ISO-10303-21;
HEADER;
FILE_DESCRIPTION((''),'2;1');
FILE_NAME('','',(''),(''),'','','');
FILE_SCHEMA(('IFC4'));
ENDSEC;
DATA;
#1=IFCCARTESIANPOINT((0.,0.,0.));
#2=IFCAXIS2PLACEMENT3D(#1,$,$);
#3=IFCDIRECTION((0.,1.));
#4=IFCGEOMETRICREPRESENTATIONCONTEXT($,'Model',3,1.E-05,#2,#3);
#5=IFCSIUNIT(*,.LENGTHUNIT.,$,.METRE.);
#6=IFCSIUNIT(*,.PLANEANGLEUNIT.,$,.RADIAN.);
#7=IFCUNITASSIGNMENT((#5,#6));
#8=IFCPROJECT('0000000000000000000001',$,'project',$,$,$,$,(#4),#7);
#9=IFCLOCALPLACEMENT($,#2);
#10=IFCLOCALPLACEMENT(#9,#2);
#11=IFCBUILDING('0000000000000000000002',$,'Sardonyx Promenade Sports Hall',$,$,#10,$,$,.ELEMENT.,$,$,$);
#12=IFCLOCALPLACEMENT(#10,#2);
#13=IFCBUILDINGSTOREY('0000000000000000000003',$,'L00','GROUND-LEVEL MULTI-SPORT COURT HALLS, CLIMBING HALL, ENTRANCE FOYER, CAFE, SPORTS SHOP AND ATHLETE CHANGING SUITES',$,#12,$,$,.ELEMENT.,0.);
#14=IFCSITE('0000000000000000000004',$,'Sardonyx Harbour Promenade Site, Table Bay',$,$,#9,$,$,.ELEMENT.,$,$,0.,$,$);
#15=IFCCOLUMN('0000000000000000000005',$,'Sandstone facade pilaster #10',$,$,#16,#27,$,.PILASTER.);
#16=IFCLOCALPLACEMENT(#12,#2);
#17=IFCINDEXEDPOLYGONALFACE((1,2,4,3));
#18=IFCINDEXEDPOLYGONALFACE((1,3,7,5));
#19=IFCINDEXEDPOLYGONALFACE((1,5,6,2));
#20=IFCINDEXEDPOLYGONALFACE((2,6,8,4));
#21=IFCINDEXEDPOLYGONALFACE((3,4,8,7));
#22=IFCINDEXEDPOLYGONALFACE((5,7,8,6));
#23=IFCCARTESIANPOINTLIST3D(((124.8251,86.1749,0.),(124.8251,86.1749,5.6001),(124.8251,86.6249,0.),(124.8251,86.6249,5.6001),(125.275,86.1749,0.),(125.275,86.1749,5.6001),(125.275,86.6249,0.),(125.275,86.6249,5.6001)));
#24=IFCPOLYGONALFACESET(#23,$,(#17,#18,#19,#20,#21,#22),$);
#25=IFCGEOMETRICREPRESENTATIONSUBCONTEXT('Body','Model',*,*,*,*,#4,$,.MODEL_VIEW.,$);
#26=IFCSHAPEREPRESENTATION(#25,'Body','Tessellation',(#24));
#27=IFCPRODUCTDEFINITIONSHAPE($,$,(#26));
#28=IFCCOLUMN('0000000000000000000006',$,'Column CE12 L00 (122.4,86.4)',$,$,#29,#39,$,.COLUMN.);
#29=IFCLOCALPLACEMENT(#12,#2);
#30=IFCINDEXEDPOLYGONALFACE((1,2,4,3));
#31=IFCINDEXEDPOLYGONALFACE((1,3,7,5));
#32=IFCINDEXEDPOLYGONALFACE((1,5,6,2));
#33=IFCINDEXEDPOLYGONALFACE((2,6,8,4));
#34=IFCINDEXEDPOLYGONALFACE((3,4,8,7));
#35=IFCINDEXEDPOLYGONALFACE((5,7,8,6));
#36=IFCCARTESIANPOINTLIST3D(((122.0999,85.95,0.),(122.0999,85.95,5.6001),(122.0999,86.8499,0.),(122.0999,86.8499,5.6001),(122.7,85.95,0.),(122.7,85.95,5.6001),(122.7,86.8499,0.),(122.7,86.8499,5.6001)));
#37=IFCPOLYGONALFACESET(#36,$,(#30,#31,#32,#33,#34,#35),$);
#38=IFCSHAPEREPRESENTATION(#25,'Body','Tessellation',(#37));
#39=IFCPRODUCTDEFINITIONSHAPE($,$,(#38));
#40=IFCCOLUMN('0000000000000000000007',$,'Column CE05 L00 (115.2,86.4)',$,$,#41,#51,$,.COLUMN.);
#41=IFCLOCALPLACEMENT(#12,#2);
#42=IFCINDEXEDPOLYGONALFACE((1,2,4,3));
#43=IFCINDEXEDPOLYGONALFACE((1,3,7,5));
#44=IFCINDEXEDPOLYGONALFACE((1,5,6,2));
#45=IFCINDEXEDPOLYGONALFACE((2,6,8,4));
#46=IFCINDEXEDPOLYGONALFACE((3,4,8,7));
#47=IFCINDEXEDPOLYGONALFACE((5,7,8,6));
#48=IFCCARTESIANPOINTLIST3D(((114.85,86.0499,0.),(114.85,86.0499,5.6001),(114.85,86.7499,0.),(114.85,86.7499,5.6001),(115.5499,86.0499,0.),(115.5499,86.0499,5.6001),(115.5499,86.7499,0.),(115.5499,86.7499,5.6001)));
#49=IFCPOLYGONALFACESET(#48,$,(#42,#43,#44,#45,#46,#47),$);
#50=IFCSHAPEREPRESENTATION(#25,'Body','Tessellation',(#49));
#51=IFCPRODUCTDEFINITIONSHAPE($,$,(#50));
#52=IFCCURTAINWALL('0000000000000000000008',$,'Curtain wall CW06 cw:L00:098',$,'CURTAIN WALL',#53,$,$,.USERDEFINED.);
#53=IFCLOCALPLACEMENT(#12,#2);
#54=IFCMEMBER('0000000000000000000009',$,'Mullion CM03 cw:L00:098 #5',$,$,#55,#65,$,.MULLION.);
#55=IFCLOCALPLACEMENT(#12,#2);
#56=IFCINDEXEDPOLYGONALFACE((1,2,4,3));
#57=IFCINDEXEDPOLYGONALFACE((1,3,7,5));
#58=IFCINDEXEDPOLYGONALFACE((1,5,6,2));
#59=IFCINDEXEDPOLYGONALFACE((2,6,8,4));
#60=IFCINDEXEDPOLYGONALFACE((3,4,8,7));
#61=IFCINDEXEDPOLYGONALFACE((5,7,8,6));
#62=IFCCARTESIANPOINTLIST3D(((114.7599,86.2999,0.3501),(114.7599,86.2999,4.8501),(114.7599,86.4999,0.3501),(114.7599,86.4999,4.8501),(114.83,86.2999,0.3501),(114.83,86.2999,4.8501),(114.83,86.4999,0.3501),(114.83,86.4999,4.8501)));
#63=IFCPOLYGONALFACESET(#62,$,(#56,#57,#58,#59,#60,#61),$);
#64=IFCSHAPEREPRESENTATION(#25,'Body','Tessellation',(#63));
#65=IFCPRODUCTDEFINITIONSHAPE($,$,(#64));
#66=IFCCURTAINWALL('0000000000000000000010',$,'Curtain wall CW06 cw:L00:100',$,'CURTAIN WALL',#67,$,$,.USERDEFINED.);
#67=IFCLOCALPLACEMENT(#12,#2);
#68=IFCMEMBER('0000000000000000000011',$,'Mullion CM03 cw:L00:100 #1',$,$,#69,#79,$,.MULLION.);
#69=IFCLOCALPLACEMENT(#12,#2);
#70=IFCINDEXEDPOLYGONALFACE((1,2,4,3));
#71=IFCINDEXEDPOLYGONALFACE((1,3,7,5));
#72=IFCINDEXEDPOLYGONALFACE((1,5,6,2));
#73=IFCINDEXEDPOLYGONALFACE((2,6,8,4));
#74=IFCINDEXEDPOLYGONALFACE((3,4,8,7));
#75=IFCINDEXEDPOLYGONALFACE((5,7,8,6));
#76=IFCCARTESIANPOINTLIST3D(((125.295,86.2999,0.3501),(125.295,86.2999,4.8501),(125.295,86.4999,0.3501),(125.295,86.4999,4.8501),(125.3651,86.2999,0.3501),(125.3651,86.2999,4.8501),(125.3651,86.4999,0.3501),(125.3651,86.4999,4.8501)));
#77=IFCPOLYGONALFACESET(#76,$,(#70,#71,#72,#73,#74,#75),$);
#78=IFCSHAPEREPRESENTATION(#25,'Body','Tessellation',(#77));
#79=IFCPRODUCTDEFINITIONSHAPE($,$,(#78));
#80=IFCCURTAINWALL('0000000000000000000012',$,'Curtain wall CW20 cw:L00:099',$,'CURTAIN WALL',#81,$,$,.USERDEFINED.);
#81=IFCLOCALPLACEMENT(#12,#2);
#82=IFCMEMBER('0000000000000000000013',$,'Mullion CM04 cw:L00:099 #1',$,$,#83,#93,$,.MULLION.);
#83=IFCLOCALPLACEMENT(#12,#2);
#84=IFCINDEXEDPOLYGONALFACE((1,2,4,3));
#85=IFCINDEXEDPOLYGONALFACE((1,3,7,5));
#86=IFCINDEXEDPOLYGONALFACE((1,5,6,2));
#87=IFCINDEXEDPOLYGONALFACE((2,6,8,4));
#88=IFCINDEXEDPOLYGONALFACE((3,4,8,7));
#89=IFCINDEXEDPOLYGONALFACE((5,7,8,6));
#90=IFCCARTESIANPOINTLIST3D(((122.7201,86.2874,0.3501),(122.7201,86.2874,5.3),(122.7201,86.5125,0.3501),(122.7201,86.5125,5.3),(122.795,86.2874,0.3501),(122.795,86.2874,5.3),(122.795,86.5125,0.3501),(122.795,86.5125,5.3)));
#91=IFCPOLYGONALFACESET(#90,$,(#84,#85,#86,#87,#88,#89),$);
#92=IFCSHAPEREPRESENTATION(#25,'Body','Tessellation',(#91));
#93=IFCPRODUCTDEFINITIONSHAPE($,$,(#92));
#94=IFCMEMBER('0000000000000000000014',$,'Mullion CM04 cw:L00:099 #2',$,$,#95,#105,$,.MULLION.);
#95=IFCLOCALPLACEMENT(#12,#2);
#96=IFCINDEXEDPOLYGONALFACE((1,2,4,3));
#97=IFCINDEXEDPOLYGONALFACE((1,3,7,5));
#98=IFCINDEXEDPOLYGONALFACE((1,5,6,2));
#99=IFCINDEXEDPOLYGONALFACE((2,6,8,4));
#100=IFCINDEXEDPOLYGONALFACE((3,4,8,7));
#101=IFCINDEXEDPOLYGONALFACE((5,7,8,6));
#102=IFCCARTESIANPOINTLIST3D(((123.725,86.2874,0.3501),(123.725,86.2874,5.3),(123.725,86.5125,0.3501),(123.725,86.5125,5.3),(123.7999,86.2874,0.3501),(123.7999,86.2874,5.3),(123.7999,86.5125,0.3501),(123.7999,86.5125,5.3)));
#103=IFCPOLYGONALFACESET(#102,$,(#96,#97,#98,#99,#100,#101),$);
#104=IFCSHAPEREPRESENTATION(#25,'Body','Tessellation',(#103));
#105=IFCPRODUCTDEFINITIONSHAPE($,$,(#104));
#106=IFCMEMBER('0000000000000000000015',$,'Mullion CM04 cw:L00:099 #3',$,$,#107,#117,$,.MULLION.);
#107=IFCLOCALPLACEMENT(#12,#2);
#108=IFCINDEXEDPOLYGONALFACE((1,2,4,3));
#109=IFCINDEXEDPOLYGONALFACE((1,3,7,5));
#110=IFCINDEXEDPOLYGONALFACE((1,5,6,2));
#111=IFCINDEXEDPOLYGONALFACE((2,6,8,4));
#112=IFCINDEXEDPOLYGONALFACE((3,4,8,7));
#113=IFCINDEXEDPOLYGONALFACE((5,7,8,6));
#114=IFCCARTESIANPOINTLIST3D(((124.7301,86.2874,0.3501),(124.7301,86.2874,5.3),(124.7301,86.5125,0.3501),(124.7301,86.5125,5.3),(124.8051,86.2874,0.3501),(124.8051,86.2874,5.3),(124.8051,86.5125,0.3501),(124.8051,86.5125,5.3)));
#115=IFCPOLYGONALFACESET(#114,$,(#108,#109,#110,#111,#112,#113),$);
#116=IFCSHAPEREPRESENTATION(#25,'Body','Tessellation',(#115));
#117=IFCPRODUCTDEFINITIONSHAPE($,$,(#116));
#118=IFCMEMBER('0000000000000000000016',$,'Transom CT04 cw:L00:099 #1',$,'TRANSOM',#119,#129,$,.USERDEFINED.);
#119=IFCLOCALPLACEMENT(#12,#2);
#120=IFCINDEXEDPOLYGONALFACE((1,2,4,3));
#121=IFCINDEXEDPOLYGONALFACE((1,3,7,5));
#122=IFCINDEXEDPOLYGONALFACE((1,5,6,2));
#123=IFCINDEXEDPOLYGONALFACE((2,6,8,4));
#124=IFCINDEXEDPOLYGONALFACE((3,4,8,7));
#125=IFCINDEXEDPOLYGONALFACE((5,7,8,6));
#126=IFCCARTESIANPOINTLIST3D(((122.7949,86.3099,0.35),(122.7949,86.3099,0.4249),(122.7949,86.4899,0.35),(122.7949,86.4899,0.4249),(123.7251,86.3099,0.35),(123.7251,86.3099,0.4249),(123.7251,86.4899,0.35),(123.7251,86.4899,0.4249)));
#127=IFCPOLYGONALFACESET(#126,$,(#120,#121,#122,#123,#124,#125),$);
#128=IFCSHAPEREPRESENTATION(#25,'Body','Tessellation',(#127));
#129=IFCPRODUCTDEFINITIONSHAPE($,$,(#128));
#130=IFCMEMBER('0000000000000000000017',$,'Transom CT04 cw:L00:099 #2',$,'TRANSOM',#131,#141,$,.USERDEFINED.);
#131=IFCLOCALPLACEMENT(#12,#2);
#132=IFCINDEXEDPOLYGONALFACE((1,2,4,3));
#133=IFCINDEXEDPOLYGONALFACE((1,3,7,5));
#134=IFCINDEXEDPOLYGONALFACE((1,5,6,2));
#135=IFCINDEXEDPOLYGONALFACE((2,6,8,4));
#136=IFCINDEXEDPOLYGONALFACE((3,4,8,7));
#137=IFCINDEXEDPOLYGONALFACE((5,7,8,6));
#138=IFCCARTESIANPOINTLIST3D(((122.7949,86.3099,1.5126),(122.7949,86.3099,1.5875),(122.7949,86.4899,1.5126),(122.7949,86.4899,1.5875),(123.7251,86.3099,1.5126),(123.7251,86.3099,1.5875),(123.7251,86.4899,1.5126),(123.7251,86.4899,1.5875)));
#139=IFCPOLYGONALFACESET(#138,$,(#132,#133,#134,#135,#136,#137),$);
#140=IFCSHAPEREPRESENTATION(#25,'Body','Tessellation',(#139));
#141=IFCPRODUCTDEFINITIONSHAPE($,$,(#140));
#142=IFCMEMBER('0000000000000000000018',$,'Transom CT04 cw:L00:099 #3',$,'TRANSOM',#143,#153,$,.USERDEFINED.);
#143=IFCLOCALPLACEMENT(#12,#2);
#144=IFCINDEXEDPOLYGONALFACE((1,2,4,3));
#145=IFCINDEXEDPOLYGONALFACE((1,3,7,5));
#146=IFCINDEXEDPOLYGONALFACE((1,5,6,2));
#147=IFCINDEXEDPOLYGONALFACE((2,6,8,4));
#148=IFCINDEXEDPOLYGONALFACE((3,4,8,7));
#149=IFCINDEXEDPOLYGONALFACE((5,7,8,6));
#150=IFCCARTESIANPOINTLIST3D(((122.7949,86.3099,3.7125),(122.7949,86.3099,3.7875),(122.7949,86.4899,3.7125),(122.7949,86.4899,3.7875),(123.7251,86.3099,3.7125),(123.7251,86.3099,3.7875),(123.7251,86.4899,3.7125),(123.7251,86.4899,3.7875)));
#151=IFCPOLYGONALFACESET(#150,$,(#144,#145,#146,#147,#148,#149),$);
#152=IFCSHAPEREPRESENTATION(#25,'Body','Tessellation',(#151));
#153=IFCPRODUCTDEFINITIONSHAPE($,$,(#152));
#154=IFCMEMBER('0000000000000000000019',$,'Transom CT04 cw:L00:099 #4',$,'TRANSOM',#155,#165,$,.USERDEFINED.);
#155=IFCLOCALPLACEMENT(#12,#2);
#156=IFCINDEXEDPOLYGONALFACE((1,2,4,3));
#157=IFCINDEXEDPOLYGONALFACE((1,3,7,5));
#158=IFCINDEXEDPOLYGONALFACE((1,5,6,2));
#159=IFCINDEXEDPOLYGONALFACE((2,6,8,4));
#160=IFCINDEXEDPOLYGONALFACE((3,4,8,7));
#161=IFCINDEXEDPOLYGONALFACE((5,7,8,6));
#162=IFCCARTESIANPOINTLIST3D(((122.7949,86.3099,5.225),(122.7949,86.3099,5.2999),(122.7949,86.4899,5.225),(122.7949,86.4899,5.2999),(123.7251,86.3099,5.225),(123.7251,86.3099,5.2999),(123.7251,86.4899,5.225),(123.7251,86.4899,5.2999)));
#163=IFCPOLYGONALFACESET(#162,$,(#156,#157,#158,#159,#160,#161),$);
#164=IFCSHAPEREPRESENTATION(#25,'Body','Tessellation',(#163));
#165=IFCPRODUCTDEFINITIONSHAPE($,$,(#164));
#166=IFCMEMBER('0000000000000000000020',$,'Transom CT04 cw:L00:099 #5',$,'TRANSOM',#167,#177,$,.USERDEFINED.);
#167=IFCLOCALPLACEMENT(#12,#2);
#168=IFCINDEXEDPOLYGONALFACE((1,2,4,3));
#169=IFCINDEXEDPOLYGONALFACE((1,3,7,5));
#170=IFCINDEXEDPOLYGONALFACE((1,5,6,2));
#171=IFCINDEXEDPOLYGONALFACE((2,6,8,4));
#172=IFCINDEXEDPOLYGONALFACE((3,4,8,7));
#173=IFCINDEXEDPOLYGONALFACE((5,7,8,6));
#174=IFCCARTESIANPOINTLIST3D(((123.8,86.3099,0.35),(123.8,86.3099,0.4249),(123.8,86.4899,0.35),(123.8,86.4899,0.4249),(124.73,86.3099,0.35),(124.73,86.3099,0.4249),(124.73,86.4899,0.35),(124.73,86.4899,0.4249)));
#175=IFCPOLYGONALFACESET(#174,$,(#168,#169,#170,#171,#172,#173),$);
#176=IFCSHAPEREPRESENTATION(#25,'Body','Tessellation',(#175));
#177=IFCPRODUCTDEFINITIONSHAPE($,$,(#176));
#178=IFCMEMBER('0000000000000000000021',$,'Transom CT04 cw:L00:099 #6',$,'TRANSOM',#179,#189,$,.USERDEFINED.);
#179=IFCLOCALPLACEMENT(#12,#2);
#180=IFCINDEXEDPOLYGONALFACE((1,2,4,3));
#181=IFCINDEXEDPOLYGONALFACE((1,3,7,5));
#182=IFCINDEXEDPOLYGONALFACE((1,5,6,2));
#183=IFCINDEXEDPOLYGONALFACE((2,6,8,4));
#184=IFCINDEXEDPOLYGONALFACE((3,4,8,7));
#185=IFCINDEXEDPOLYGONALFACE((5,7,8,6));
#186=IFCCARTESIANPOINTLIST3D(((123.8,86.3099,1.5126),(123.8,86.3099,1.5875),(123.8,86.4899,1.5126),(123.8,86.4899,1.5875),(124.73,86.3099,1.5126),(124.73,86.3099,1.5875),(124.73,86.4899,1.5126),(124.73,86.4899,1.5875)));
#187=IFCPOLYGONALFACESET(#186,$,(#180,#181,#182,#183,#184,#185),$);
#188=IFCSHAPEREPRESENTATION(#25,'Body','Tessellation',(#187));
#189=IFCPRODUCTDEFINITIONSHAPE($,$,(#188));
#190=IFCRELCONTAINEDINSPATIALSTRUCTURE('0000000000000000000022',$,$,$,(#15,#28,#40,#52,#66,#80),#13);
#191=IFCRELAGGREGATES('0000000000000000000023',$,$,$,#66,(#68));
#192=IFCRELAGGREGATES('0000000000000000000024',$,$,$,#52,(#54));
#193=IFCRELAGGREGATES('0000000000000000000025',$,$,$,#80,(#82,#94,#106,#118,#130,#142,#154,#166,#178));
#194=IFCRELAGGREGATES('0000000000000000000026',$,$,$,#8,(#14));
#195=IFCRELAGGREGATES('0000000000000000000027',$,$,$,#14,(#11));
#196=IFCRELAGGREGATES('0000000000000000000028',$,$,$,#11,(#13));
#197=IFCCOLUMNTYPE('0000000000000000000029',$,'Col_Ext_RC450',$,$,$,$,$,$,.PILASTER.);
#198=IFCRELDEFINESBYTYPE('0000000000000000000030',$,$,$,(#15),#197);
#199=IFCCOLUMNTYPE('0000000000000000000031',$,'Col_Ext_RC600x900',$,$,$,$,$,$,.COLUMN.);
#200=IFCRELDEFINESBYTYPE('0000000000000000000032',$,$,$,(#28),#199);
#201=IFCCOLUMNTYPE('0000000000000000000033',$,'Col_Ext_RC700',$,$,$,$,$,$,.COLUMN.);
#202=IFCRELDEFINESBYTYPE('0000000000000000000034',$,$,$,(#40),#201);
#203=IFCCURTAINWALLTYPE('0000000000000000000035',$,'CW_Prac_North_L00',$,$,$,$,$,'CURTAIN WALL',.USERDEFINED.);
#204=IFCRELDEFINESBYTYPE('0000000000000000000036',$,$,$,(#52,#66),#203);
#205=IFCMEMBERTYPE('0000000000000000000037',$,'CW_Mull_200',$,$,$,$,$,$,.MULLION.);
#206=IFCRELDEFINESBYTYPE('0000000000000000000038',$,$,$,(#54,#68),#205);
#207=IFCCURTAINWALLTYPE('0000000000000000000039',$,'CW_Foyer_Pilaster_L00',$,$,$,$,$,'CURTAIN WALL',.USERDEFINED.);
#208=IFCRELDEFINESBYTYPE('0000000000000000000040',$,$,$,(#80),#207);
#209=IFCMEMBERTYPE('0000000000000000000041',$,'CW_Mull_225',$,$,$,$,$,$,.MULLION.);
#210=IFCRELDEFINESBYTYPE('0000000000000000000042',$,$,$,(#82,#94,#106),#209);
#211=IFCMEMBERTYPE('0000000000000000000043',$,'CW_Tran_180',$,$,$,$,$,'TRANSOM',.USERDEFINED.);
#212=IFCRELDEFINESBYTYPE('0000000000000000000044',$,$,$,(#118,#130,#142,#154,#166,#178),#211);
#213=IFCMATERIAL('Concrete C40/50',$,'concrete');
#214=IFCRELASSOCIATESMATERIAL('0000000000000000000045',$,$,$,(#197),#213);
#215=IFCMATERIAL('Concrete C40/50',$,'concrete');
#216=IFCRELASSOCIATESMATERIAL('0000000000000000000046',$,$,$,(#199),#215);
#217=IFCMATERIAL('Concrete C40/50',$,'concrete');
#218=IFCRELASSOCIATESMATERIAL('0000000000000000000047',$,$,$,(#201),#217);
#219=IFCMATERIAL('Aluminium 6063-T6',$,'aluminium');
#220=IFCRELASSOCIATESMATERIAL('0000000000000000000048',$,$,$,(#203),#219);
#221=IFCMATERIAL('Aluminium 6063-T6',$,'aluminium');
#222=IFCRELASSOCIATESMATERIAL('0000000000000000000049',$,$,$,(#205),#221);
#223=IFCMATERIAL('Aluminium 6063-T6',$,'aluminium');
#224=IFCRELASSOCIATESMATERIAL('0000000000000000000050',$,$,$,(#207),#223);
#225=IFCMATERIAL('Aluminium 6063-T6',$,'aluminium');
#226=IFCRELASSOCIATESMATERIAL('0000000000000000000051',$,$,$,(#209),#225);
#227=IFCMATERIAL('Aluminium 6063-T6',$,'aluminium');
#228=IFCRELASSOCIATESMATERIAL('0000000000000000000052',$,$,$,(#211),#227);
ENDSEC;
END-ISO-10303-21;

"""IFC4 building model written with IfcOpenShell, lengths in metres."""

from ifc_helpers import new_model, si_unit, direction, frame, origin, origin_2d, place, context, subcontext, project, spatial, rectangle, extrude, material, material_profile, profile_set, type_object, element, aggregate, save


model = new_model("IFC4")

# Units and contexts
model_context = context("Model", 3, precision=1e-05, world=origin(), true_north=direction((0.0, 1.0)))
body_context = subcontext(model_context, "Body", "Model", "MODEL_VIEW")
ifc_project = project(units=[si_unit("LENGTHUNIT", "METRE"), si_unit("PLANEANGLEUNIT", "RADIAN")], contexts=[model_context])

# Site, building, storey
site_placement = place(None, origin())
site = spatial("IfcSite", under=ifc_project, at=site_placement, Name="Sardonyx Harbour Promenade Site, Table Bay", CompositionType="ELEMENT", RefElevation=0.0)
building_placement = place(site_placement, origin())
building = spatial("IfcBuilding", under=site, at=building_placement, Name="Sardonyx Promenade Sports Hall", CompositionType="ELEMENT")
storey_placement = place(building_placement, origin())
storey = spatial("IfcBuildingStorey", under=building, at=storey_placement, Name="L00", Description="GROUND-LEVEL MULTI-SPORT COURT HALLS, CLIMBING HALL, ENTRANCE FOYER, CAFE, SPORTS SHOP AND ATHLETE CHANGING SUITES", CompositionType="ELEMENT", Elevation=0.0)

# Columns
ifc_material_1 = material(Name="Concrete C40/50", Category="concrete")
ifc_material_profile_1 = material_profile(ifc_material_1, rectangle(XDim=0.45, YDim=0.45, at=origin_2d()))
ifc_profile_set_1 = profile_set([ifc_material_profile_1], Name="Concrete C40/50")
column_type_1 = type_object("IfcColumnType", Name="Col_Ext_RC450", PredefinedType="PILASTER", material=ifc_profile_set_1)
column_1_placement = place(storey_placement, frame((125.05, 86.3999, 0.0), z_axis=(0.0, 0.0, 1.0), x_axis=(1.0, 0.0, 0.0)))
element("IfcColumn", 1, at=column_1_placement, inside=storey, type_object=column_type_1, Name="Sandstone facade pilaster #10", PredefinedType="PILASTER", context=body_context, shape_type="SweptSolid", body=[
    extrude(rectangle(XDim=0.45, YDim=0.45, at=origin_2d()), origin(), (0.0, 0.0, 1.0), 5.6001),
])
ifc_material_2 = material(Name="Concrete C40/50", Category="concrete")
ifc_material_profile_2 = material_profile(ifc_material_2, rectangle(XDim=0.6001, YDim=0.8999, at=origin_2d()))
ifc_profile_set_2 = profile_set([ifc_material_profile_2], Name="Concrete C40/50")
column_type_2 = type_object("IfcColumnType", Name="Col_Ext_RC600x900", PredefinedType="COLUMN", material=ifc_profile_set_2)
column_2_placement = place(storey_placement, frame((122.3999, 86.3999, 0.0), z_axis=(0.0, 0.0, 1.0), x_axis=(1.0, 0.0, 0.0)))
element("IfcColumn", 2, at=column_2_placement, inside=storey, type_object=column_type_2, Name="Column CE12 L00 (122.4,86.4)", PredefinedType="COLUMN", context=body_context, shape_type="SweptSolid", body=[
    extrude(rectangle(XDim=0.6001, YDim=0.8999, at=origin_2d()), origin(), (0.0, 0.0, 1.0), 5.6001),
])
ifc_material_3 = material(Name="Concrete C40/50", Category="concrete")
ifc_material_profile_3 = material_profile(ifc_material_3, rectangle(XDim=0.7, YDim=0.7, at=origin_2d()))
ifc_profile_set_3 = profile_set([ifc_material_profile_3], Name="Concrete C40/50")
column_type_3 = type_object("IfcColumnType", Name="Col_Ext_RC700", PredefinedType="COLUMN", material=ifc_profile_set_3)
column_3_placement = place(storey_placement, frame((115.2, 86.3999, 0.0), z_axis=(0.0, 0.0, 1.0), x_axis=(1.0, 0.0, 0.0)))
element("IfcColumn", 3, at=column_3_placement, inside=storey, type_object=column_type_3, Name="Column CE05 L00 (115.2,86.4)", PredefinedType="COLUMN", context=body_context, shape_type="SweptSolid", body=[
    extrude(rectangle(XDim=0.7, YDim=0.7, at=origin_2d()), origin(), (0.0, 0.0, 1.0), 5.6001),
])

# Curtain walls, members
ifc_material_4 = material(Name="Aluminium 6063-T6", Category="aluminium")
curtain_wall_type_1 = type_object("IfcCurtainWallType", Name="CW_Prac_North_L00", ElementType="CURTAIN WALL", PredefinedType="USERDEFINED", material=ifc_material_4)
curtain_wall_1_placement = place(storey_placement, origin())
curtain_wall_1 = element("IfcCurtainWall", 4, at=curtain_wall_1_placement, inside=storey, type_object=curtain_wall_type_1, Name="Curtain wall CW06 cw:L00:098", ObjectType="CURTAIN WALL", PredefinedType="USERDEFINED")
ifc_material_5 = material(Name="Aluminium 6063-T6", Category="aluminium")
ifc_material_profile_4 = material_profile(ifc_material_5, rectangle(XDim=0.0701, YDim=0.2, at=origin_2d()))
ifc_profile_set_4 = profile_set([ifc_material_profile_4], Name="Aluminium 6063-T6")
member_type_1 = type_object("IfcMemberType", Name="CW_Mull_200", PredefinedType="MULLION", material=ifc_profile_set_4)
member_1_placement = place(storey_placement, frame((114.7949, 86.3999, 0.3501), z_axis=(0.0, 0.0, 1.0), x_axis=(1.0, 0.0, 0.0)))
member_1 = element("IfcMember", 5, at=member_1_placement, type_object=member_type_1, Name="Mullion CM03 cw:L00:098 #5", PredefinedType="MULLION", context=body_context, shape_type="SweptSolid", body=[
    extrude(rectangle(XDim=0.0701, YDim=0.2, at=origin_2d()), origin(), (0.0, 0.0, 1.0), 4.5),
])
curtain_wall_2_placement = place(storey_placement, origin())
curtain_wall_2 = element("IfcCurtainWall", 6, at=curtain_wall_2_placement, inside=storey, type_object=curtain_wall_type_1, Name="Curtain wall CW06 cw:L00:100", ObjectType="CURTAIN WALL", PredefinedType="USERDEFINED")
member_2_placement = place(storey_placement, frame((125.3301, 86.3999, 0.3501), z_axis=(0.0, 0.0, 1.0), x_axis=(1.0, 0.0, 0.0)))
member_2 = element("IfcMember", 7, at=member_2_placement, type_object=member_type_1, Name="Mullion CM03 cw:L00:100 #1", PredefinedType="MULLION", context=body_context, shape_type="SweptSolid", body=[
    extrude(rectangle(XDim=0.0701, YDim=0.2, at=origin_2d()), origin(), (0.0, 0.0, 1.0), 4.5),
])
aggregate(curtain_wall_2, [member_2])

# Curtain wall, members
ifc_material_6 = material(Name="Aluminium 6063-T6", Category="aluminium")
curtain_wall_type_2 = type_object("IfcCurtainWallType", Name="CW_Foyer_Pilaster_L00", ElementType="CURTAIN WALL", PredefinedType="USERDEFINED", material=ifc_material_6)
curtain_wall_3_placement = place(storey_placement, origin())
curtain_wall_3 = element("IfcCurtainWall", 8, at=curtain_wall_3_placement, inside=storey, type_object=curtain_wall_type_2, Name="Curtain wall CW20 cw:L00:099", ObjectType="CURTAIN WALL", PredefinedType="USERDEFINED")
ifc_material_7 = material(Name="Aluminium 6063-T6", Category="aluminium")
ifc_material_profile_5 = material_profile(ifc_material_7, rectangle(XDim=0.075, YDim=0.2251, at=origin_2d()))
ifc_profile_set_5 = profile_set([ifc_material_profile_5], Name="Aluminium 6063-T6")
member_type_2 = type_object("IfcMemberType", Name="CW_Mull_225", PredefinedType="MULLION", material=ifc_profile_set_5)
member_3_placement = place(storey_placement, frame((122.7576, 86.3999, 0.3501), z_axis=(0.0, 0.0, 1.0), x_axis=(1.0, 0.0, 0.0)))
member_3 = element("IfcMember", 9, at=member_3_placement, type_object=member_type_2, Name="Mullion CM04 cw:L00:099 #1", PredefinedType="MULLION", context=body_context, shape_type="SweptSolid", body=[
    extrude(rectangle(XDim=0.075, YDim=0.2251, at=origin_2d()), origin(), (0.0, 0.0, 1.0), 4.95),
])
member_4_placement = place(storey_placement, frame((123.7625, 86.3999, 0.3501), z_axis=(0.0, 0.0, 1.0), x_axis=(1.0, 0.0, 0.0)))
member_4 = element("IfcMember", 10, at=member_4_placement, type_object=member_type_2, Name="Mullion CM04 cw:L00:099 #2", PredefinedType="MULLION", context=body_context, shape_type="SweptSolid", body=[
    extrude(rectangle(XDim=0.075, YDim=0.2251, at=origin_2d()), origin(), (0.0, 0.0, 1.0), 4.95),
])
member_5_placement = place(storey_placement, frame((124.7676, 86.3999, 0.3501), z_axis=(0.0, 0.0, 1.0), x_axis=(1.0, 0.0, 0.0)))
member_5 = element("IfcMember", 11, at=member_5_placement, type_object=member_type_2, Name="Mullion CM04 cw:L00:099 #3", PredefinedType="MULLION", context=body_context, shape_type="SweptSolid", body=[
    extrude(rectangle(XDim=0.075, YDim=0.2251, at=origin_2d()), origin(), (0.0, 0.0, 1.0), 4.95),
])
ifc_material_8 = material(Name="Aluminium 6063-T6", Category="aluminium")
ifc_material_profile_6 = material_profile(ifc_material_8, rectangle(XDim=0.075, YDim=0.1799, at=origin_2d()))
ifc_profile_set_6 = profile_set([ifc_material_profile_6], Name="Aluminium 6063-T6")
member_type_3 = type_object("IfcMemberType", Name="CW_Tran_180", ElementType="TRANSOM", PredefinedType="USERDEFINED", material=ifc_profile_set_6)
member_6_placement = place(storey_placement, frame((122.7949, 86.3999, 0.3875), z_axis=(1.0, 0.0, 0.0), x_axis=(0.0, 0.0, 1.0)))
member_6 = element("IfcMember", 12, at=member_6_placement, type_object=member_type_3, Name="Transom CT04 cw:L00:099 #1", ObjectType="TRANSOM", PredefinedType="USERDEFINED", context=body_context, shape_type="SweptSolid", body=[
    extrude(rectangle(XDim=0.075, YDim=0.1799, at=origin_2d()), origin(), (0.0, 0.0, 1.0), 0.9302),
])
member_7_placement = place(storey_placement, frame((122.7949, 86.3999, 1.55), z_axis=(1.0, 0.0, 0.0), x_axis=(0.0, 0.0, 1.0)))
member_7 = element("IfcMember", 13, at=member_7_placement, type_object=member_type_3, Name="Transom CT04 cw:L00:099 #2", ObjectType="TRANSOM", PredefinedType="USERDEFINED", context=body_context, shape_type="SweptSolid", body=[
    extrude(rectangle(XDim=0.075, YDim=0.1799, at=origin_2d()), origin(), (0.0, 0.0, 1.0), 0.9302),
])
member_8_placement = place(storey_placement, frame((122.7949, 86.3999, 3.75), z_axis=(1.0, 0.0, 0.0), x_axis=(0.0, 0.0, 1.0)))
member_8 = element("IfcMember", 14, at=member_8_placement, type_object=member_type_3, Name="Transom CT04 cw:L00:099 #3", ObjectType="TRANSOM", PredefinedType="USERDEFINED", context=body_context, shape_type="SweptSolid", body=[
    extrude(rectangle(XDim=0.075, YDim=0.1799, at=origin_2d()), origin(), (0.0, 0.0, 1.0), 0.9302),
])
member_9_placement = place(storey_placement, frame((122.7949, 86.3999, 5.2625), z_axis=(1.0, 0.0, 0.0), x_axis=(0.0, 0.0, 1.0)))
member_9 = element("IfcMember", 15, at=member_9_placement, type_object=member_type_3, Name="Transom CT04 cw:L00:099 #4", ObjectType="TRANSOM", PredefinedType="USERDEFINED", context=body_context, shape_type="SweptSolid", body=[
    extrude(rectangle(XDim=0.075, YDim=0.1799, at=origin_2d()), origin(), (0.0, 0.0, 1.0), 0.9302),
])
member_10_placement = place(storey_placement, frame((123.8, 86.3999, 0.3875), z_axis=(1.0, 0.0, 0.0), x_axis=(0.0, 0.0, 1.0)))
member_10 = element("IfcMember", 16, at=member_10_placement, type_object=member_type_3, Name="Transom CT04 cw:L00:099 #5", ObjectType="TRANSOM", PredefinedType="USERDEFINED", context=body_context, shape_type="SweptSolid", body=[
    extrude(rectangle(XDim=0.075, YDim=0.1799, at=origin_2d()), origin(), (0.0, 0.0, 1.0), 0.9299),
])
member_11_placement = place(storey_placement, frame((123.8, 86.3999, 1.55), z_axis=(1.0, 0.0, 0.0), x_axis=(0.0, 0.0, 1.0)))
member_11 = element("IfcMember", 17, at=member_11_placement, type_object=member_type_3, Name="Transom CT04 cw:L00:099 #6", ObjectType="TRANSOM", PredefinedType="USERDEFINED", context=body_context, shape_type="SweptSolid", body=[
    extrude(rectangle(XDim=0.075, YDim=0.1799, at=origin_2d()), origin(), (0.0, 0.0, 1.0), 0.9299),
])

aggregate(curtain_wall_1, [member_1])
aggregate(curtain_wall_3, [member_3, member_4, member_5, member_6, member_7, member_8, member_9, member_10, member_11])

save(model, "model.ifc")
